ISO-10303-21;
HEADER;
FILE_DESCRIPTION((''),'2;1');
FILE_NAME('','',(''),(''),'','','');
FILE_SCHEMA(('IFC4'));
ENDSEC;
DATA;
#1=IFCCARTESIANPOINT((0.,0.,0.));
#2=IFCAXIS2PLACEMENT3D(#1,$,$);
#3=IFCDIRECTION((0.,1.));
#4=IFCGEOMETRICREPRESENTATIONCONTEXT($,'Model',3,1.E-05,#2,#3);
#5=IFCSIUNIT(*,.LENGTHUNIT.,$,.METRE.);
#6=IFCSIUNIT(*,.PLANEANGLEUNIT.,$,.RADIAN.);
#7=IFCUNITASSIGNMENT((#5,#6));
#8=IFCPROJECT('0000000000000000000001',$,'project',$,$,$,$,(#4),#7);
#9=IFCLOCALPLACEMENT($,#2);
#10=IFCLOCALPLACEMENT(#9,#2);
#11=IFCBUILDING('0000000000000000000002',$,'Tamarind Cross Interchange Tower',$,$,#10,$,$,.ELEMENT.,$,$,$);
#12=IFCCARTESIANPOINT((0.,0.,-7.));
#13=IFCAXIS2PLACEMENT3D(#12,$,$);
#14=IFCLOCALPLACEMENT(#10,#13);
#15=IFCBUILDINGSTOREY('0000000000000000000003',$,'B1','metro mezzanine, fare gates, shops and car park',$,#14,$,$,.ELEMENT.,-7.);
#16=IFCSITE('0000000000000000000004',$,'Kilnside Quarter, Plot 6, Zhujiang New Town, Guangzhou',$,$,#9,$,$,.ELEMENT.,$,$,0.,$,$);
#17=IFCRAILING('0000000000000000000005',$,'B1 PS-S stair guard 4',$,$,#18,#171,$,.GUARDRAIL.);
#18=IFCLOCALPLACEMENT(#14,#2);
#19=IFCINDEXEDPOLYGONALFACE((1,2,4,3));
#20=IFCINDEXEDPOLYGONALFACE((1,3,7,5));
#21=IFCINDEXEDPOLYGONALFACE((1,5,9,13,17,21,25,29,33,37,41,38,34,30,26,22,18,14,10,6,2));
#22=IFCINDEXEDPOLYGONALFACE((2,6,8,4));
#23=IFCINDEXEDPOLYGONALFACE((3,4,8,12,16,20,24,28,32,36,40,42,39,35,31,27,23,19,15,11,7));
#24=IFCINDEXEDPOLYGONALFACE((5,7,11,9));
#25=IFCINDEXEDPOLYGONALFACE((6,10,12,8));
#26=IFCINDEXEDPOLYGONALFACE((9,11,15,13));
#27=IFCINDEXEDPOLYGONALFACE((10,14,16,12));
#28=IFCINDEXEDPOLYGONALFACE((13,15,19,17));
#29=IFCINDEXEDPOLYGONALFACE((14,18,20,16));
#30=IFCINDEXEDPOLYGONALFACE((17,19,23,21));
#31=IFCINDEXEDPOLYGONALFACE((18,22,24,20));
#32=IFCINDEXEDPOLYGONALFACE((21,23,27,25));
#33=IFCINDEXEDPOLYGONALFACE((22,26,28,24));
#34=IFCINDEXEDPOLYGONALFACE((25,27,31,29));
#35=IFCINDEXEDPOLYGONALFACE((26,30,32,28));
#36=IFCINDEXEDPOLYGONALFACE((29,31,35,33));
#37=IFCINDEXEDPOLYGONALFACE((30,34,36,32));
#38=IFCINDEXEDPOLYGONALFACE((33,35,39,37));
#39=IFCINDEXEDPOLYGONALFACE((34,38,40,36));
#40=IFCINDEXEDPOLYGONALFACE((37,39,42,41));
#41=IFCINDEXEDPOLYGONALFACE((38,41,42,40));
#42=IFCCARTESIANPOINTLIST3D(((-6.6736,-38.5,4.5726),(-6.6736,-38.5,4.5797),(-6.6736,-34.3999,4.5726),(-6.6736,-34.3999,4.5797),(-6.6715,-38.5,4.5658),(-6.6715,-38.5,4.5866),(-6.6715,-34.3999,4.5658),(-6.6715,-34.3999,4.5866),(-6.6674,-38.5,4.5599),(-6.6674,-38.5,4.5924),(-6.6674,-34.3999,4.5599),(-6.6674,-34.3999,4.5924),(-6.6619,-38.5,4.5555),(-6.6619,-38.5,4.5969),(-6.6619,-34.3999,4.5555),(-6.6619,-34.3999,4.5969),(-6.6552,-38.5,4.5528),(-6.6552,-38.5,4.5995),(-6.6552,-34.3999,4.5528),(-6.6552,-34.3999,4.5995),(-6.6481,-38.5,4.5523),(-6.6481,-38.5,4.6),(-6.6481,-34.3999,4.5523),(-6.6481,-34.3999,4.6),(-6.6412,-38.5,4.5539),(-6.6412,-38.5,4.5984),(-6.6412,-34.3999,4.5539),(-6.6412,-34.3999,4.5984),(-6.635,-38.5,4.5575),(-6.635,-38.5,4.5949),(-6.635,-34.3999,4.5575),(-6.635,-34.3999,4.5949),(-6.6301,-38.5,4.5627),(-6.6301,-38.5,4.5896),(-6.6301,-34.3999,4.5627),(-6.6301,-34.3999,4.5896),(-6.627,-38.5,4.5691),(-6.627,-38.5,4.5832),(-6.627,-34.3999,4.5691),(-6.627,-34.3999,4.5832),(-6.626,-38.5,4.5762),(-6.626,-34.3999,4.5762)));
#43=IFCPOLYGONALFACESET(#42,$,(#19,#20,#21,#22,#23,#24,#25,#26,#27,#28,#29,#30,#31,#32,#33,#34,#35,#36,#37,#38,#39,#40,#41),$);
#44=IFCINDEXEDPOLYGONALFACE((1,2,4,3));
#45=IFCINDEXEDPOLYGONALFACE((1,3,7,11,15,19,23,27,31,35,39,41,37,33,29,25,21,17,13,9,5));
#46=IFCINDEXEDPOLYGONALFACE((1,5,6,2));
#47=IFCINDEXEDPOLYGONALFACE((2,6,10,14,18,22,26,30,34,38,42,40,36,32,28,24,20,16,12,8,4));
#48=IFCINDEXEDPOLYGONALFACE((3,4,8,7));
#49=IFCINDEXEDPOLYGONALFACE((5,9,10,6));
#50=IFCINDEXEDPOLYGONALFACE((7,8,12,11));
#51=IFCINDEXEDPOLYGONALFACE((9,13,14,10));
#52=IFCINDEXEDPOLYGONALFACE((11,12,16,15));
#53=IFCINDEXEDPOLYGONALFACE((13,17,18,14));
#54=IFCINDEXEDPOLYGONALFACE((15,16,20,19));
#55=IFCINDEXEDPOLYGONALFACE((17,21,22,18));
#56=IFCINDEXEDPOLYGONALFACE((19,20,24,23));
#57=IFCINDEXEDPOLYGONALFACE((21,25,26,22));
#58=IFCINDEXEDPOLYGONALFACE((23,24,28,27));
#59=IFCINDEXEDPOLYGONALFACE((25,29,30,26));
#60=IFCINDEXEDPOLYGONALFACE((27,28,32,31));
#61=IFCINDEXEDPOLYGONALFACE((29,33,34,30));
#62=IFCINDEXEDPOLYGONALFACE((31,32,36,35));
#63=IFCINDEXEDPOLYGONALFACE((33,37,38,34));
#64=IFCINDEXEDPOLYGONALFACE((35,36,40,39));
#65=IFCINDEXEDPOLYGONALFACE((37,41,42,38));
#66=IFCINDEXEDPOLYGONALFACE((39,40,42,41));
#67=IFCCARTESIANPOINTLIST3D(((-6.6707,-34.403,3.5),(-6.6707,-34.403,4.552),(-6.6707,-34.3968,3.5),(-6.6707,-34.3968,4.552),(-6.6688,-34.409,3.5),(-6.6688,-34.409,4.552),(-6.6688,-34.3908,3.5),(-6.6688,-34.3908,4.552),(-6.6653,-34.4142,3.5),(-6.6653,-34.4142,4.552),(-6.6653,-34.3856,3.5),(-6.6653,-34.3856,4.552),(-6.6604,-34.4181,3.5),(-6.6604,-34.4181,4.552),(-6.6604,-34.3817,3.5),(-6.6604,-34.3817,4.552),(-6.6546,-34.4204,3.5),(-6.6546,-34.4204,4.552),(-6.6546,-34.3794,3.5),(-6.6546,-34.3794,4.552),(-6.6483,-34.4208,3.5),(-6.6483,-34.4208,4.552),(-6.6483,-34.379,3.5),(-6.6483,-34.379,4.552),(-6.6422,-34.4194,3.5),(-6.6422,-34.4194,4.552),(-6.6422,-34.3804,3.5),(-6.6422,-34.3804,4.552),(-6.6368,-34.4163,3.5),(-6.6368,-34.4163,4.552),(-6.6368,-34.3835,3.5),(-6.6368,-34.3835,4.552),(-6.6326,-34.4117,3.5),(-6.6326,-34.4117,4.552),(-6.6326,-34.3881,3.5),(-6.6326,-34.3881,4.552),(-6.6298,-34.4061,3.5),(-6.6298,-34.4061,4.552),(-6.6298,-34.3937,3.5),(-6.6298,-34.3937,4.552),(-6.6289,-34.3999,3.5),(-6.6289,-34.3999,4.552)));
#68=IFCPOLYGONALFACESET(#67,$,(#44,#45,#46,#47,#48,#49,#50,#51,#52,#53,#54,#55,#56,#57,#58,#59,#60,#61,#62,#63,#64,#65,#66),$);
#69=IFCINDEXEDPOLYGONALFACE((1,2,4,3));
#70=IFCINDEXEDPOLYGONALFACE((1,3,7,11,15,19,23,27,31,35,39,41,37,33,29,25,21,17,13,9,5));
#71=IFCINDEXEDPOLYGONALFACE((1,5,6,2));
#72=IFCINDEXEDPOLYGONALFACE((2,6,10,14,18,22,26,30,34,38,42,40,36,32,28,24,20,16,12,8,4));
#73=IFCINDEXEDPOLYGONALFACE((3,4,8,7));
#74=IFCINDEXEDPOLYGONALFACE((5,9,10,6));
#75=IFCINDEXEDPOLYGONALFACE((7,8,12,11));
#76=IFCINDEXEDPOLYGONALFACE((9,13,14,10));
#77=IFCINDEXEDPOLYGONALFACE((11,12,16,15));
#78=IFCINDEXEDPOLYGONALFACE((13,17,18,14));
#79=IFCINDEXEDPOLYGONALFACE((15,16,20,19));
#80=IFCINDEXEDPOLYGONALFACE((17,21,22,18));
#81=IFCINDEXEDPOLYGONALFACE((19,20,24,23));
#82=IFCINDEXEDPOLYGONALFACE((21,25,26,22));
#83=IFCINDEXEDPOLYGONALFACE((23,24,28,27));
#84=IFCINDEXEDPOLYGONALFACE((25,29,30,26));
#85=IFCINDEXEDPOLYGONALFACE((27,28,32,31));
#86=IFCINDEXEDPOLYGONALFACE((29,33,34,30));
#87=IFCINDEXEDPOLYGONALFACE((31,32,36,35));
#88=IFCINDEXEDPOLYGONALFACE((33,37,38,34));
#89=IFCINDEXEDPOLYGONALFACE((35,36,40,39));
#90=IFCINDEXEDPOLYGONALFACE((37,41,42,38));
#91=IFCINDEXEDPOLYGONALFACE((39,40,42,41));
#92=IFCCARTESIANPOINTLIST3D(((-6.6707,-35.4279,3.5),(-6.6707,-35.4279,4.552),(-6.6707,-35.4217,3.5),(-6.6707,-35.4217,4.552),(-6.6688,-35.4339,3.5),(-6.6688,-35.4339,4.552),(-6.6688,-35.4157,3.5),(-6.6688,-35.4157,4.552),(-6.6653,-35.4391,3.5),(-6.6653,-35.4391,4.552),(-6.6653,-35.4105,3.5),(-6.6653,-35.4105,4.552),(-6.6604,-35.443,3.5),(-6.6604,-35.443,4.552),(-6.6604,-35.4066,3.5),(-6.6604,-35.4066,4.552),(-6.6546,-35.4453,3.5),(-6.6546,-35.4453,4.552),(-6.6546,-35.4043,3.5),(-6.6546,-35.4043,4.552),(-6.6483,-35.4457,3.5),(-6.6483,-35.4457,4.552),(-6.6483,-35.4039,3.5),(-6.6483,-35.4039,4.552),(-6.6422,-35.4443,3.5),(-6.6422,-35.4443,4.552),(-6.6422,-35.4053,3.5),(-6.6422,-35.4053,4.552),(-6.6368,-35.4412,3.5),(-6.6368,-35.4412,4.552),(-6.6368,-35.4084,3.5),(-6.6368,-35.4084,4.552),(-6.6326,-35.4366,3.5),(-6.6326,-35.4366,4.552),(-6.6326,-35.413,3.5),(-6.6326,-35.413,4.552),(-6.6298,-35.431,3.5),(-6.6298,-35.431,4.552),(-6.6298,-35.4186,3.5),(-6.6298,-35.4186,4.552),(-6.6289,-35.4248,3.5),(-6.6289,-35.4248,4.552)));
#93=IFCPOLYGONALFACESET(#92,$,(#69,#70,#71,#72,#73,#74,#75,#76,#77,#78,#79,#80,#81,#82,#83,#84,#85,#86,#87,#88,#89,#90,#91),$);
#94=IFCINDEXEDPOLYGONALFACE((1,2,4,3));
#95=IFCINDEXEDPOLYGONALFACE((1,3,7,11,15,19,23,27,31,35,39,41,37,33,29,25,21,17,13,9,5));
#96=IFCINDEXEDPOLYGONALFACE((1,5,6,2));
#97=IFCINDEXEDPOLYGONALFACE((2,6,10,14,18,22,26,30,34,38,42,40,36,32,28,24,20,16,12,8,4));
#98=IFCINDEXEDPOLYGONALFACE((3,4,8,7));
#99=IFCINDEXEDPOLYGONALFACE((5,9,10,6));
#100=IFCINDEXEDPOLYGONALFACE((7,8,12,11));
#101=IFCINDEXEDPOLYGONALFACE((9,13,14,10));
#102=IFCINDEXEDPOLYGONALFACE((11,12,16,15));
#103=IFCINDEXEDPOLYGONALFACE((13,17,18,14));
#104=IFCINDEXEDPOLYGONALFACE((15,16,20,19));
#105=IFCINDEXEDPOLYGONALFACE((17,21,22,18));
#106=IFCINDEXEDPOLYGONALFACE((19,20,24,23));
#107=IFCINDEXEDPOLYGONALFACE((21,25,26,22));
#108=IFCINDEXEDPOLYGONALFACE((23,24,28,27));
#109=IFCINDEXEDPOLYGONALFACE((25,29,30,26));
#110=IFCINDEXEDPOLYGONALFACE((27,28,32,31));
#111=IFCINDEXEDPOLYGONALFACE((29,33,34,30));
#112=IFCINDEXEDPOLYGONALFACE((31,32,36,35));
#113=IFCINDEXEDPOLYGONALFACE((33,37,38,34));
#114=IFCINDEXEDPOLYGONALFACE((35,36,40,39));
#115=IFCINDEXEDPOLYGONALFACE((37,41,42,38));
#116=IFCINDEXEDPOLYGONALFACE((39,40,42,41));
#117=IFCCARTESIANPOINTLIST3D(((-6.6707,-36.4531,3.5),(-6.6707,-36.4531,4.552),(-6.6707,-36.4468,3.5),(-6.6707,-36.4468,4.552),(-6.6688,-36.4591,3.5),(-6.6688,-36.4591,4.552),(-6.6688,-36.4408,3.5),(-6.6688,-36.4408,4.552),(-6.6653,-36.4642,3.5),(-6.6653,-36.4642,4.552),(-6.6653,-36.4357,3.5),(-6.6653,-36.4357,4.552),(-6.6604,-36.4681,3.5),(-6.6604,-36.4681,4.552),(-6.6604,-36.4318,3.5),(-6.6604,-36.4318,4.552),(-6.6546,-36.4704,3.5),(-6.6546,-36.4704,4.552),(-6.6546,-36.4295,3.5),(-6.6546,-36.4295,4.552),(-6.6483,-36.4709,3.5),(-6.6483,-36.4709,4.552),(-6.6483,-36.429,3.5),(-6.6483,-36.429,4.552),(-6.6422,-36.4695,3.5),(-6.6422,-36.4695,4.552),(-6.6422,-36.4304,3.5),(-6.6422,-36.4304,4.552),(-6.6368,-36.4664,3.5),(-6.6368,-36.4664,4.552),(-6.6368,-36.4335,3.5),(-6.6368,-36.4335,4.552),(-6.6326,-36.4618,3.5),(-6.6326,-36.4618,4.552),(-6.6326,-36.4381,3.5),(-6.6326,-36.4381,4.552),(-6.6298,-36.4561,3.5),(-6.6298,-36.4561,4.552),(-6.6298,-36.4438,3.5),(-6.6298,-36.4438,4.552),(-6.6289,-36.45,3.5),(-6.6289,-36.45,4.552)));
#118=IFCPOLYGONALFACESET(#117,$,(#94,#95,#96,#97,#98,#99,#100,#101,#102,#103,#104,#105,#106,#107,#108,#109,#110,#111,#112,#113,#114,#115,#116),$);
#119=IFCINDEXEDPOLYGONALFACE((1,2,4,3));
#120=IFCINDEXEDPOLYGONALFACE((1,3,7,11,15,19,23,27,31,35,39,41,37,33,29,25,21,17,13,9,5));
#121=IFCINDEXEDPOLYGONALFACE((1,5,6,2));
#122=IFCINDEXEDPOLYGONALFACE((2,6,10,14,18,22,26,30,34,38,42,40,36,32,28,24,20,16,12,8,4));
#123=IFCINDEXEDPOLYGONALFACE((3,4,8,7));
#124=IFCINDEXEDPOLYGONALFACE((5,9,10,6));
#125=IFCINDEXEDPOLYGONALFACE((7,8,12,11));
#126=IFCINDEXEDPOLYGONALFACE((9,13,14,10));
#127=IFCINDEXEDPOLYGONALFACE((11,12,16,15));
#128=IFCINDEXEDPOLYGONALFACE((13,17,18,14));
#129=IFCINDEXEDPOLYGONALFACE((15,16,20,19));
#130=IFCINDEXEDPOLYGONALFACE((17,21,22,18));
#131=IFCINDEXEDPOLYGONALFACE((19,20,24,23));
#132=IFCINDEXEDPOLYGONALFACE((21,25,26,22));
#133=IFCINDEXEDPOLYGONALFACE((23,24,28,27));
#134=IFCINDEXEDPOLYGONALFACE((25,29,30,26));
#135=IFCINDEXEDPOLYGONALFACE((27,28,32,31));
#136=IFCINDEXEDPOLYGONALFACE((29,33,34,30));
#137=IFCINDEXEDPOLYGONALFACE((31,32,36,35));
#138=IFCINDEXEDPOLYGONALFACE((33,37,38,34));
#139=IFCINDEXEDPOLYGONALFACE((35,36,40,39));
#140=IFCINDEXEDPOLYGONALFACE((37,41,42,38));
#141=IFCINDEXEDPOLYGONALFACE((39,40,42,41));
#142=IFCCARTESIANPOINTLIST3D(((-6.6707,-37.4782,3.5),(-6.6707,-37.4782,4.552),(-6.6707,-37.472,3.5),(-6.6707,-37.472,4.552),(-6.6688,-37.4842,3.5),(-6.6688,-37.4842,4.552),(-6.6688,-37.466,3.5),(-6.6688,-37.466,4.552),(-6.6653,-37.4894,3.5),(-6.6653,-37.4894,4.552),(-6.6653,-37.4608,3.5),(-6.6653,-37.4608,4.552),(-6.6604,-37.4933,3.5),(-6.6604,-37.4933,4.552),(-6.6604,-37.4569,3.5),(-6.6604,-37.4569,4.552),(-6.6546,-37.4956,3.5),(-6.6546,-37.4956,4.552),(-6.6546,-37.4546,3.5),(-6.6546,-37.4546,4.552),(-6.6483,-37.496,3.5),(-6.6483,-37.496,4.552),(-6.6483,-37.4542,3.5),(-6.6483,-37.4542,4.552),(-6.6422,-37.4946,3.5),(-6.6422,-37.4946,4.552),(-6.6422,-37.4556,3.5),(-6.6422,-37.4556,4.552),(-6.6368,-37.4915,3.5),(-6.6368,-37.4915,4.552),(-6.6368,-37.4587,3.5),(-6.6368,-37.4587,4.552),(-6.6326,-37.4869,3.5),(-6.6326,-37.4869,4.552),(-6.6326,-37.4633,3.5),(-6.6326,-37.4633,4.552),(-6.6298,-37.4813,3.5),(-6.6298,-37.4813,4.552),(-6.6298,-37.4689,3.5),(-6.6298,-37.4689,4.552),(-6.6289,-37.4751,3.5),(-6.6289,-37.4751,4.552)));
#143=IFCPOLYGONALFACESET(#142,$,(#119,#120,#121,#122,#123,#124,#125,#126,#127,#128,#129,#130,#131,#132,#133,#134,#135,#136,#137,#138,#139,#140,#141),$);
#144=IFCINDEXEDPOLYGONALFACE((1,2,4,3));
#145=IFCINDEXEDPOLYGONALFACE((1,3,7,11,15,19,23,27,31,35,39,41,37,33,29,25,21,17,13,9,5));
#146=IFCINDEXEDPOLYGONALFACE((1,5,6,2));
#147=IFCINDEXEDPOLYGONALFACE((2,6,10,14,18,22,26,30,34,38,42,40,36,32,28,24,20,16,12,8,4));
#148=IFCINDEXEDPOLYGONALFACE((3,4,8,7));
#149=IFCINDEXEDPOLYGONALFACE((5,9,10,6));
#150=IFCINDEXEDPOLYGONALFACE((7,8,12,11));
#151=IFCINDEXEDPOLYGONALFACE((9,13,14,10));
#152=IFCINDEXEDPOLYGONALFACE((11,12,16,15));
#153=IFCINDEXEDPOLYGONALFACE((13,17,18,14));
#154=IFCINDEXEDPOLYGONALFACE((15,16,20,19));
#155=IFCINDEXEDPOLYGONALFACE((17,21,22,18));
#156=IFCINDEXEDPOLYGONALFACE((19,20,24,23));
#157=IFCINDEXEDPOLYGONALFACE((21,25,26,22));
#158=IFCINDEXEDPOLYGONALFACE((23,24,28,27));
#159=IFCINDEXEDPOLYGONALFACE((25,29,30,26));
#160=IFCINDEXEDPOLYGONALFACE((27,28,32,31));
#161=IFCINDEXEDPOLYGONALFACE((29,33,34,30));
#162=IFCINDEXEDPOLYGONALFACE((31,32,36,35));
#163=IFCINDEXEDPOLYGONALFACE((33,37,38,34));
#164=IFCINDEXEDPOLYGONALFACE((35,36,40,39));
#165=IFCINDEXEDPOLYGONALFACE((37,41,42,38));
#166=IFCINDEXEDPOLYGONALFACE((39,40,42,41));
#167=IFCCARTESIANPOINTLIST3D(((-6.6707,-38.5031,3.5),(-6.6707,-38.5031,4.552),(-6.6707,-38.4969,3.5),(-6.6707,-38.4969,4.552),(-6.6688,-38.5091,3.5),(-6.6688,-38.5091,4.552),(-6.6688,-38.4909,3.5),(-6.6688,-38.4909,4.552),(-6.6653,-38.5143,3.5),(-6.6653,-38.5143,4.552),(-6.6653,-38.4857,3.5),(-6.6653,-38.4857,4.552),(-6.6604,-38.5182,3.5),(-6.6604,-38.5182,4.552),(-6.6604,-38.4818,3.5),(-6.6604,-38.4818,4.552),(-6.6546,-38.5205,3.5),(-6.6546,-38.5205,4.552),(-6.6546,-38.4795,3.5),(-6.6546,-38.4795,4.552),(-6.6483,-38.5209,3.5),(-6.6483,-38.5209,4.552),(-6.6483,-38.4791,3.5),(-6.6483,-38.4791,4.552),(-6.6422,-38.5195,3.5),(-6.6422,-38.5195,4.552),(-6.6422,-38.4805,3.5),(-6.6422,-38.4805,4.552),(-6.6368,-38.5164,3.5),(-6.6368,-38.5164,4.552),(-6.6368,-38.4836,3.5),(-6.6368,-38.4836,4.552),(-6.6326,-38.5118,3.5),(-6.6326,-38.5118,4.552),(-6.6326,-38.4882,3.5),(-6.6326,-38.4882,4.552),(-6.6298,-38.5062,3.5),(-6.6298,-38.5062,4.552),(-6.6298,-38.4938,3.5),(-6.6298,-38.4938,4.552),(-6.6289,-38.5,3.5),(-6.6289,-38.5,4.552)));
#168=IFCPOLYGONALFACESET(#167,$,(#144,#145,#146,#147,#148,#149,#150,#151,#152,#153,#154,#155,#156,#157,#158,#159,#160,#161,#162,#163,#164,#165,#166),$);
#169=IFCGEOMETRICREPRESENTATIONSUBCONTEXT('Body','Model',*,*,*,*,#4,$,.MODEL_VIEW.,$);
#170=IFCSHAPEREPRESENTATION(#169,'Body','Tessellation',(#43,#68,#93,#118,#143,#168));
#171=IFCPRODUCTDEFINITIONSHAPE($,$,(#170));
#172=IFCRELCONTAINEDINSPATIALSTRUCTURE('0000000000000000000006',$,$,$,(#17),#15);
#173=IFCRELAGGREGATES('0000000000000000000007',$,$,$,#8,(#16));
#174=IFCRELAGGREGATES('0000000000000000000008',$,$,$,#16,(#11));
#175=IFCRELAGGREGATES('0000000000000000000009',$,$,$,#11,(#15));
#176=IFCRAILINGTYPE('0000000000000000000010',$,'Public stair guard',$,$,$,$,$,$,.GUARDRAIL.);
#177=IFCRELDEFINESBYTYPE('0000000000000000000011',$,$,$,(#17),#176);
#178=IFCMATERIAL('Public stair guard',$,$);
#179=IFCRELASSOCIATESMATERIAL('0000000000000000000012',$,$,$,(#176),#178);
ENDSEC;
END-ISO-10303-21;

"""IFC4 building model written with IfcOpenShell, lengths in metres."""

from ifc_helpers import new_model, si_unit, direction, frame, origin, origin_2d, place, context, subcontext, project, spatial, circle, extrude, material, type_object, element, save


model = new_model("IFC4")

# Units and contexts
model_context = context("Model", 3, precision=1e-05, world=origin(), true_north=direction((0.0, 1.0)))
body_context = subcontext(model_context, "Body", "Model", "MODEL_VIEW")
ifc_project = project(units=[si_unit("LENGTHUNIT", "METRE"), si_unit("PLANEANGLEUNIT", "RADIAN")], contexts=[model_context])

# Site, building, storey
site_placement = place(None, origin())
site = spatial("IfcSite", under=ifc_project, at=site_placement, Name="Kilnside Quarter, Plot 6, Zhujiang New Town, Guangzhou", CompositionType="ELEMENT", RefElevation=0.0)
building_placement = place(site_placement, origin())
building = spatial("IfcBuilding", under=site, at=building_placement, Name="Tamarind Cross Interchange Tower", CompositionType="ELEMENT")
storey_placement = place(building_placement, frame((0.0, 0.0, -7.0)))
storey = spatial("IfcBuildingStorey", under=building, at=storey_placement, Name="B1", Description="metro mezzanine, fare gates, shops and car park", CompositionType="ELEMENT", Elevation=-7.0)

# Railing
ifc_material_1 = material(Name="Public stair guard")
railing_type_1 = type_object("IfcRailingType", Name="Public stair guard", PredefinedType="GUARDRAIL", material=ifc_material_1)
for number, where, name in (
    (1, (-6.6499, -34.3999, 3.5), "B1 PS-S stair guard 4"),
):
    element("IfcRailing", number, at=place(storey_placement, frame(where)), inside=storey, type_object=railing_type_1, Name=name, PredefinedType="GUARDRAIL", context=body_context, shape_type="SweptSolid", body=[
        extrude(circle(Radius=0.0239, at=origin_2d()), frame((0.0, 0.0, 1.0762), z_axis=(0.0, -1.0, 0.0), x_axis=(1.0, 0.0, 0.0)), (0.0, 0.0, 1.0), 4.1001),
        extrude(circle(Radius=0.021, at=origin_2d()), origin(), (0.0, 0.0, 1.0), 1.052),
        extrude(circle(Radius=0.021, at=origin_2d()), frame((0.0, -1.0249, 0.0)), (0.0, 0.0, 1.0), 1.052),
        extrude(circle(Radius=0.021, at=origin_2d()), frame((0.0, -2.05, 0.0)), (0.0, 0.0, 1.0), 1.052),
        extrude(circle(Radius=0.021, at=origin_2d()), frame((0.0, -3.0752, 0.0)), (0.0, 0.0, 1.0), 1.052),
        extrude(circle(Radius=0.021, at=origin_2d()), frame((0.0, -4.1001, 0.0)), (0.0, 0.0, 1.0), 1.052),
    ])

save(model, "model.ifc")
